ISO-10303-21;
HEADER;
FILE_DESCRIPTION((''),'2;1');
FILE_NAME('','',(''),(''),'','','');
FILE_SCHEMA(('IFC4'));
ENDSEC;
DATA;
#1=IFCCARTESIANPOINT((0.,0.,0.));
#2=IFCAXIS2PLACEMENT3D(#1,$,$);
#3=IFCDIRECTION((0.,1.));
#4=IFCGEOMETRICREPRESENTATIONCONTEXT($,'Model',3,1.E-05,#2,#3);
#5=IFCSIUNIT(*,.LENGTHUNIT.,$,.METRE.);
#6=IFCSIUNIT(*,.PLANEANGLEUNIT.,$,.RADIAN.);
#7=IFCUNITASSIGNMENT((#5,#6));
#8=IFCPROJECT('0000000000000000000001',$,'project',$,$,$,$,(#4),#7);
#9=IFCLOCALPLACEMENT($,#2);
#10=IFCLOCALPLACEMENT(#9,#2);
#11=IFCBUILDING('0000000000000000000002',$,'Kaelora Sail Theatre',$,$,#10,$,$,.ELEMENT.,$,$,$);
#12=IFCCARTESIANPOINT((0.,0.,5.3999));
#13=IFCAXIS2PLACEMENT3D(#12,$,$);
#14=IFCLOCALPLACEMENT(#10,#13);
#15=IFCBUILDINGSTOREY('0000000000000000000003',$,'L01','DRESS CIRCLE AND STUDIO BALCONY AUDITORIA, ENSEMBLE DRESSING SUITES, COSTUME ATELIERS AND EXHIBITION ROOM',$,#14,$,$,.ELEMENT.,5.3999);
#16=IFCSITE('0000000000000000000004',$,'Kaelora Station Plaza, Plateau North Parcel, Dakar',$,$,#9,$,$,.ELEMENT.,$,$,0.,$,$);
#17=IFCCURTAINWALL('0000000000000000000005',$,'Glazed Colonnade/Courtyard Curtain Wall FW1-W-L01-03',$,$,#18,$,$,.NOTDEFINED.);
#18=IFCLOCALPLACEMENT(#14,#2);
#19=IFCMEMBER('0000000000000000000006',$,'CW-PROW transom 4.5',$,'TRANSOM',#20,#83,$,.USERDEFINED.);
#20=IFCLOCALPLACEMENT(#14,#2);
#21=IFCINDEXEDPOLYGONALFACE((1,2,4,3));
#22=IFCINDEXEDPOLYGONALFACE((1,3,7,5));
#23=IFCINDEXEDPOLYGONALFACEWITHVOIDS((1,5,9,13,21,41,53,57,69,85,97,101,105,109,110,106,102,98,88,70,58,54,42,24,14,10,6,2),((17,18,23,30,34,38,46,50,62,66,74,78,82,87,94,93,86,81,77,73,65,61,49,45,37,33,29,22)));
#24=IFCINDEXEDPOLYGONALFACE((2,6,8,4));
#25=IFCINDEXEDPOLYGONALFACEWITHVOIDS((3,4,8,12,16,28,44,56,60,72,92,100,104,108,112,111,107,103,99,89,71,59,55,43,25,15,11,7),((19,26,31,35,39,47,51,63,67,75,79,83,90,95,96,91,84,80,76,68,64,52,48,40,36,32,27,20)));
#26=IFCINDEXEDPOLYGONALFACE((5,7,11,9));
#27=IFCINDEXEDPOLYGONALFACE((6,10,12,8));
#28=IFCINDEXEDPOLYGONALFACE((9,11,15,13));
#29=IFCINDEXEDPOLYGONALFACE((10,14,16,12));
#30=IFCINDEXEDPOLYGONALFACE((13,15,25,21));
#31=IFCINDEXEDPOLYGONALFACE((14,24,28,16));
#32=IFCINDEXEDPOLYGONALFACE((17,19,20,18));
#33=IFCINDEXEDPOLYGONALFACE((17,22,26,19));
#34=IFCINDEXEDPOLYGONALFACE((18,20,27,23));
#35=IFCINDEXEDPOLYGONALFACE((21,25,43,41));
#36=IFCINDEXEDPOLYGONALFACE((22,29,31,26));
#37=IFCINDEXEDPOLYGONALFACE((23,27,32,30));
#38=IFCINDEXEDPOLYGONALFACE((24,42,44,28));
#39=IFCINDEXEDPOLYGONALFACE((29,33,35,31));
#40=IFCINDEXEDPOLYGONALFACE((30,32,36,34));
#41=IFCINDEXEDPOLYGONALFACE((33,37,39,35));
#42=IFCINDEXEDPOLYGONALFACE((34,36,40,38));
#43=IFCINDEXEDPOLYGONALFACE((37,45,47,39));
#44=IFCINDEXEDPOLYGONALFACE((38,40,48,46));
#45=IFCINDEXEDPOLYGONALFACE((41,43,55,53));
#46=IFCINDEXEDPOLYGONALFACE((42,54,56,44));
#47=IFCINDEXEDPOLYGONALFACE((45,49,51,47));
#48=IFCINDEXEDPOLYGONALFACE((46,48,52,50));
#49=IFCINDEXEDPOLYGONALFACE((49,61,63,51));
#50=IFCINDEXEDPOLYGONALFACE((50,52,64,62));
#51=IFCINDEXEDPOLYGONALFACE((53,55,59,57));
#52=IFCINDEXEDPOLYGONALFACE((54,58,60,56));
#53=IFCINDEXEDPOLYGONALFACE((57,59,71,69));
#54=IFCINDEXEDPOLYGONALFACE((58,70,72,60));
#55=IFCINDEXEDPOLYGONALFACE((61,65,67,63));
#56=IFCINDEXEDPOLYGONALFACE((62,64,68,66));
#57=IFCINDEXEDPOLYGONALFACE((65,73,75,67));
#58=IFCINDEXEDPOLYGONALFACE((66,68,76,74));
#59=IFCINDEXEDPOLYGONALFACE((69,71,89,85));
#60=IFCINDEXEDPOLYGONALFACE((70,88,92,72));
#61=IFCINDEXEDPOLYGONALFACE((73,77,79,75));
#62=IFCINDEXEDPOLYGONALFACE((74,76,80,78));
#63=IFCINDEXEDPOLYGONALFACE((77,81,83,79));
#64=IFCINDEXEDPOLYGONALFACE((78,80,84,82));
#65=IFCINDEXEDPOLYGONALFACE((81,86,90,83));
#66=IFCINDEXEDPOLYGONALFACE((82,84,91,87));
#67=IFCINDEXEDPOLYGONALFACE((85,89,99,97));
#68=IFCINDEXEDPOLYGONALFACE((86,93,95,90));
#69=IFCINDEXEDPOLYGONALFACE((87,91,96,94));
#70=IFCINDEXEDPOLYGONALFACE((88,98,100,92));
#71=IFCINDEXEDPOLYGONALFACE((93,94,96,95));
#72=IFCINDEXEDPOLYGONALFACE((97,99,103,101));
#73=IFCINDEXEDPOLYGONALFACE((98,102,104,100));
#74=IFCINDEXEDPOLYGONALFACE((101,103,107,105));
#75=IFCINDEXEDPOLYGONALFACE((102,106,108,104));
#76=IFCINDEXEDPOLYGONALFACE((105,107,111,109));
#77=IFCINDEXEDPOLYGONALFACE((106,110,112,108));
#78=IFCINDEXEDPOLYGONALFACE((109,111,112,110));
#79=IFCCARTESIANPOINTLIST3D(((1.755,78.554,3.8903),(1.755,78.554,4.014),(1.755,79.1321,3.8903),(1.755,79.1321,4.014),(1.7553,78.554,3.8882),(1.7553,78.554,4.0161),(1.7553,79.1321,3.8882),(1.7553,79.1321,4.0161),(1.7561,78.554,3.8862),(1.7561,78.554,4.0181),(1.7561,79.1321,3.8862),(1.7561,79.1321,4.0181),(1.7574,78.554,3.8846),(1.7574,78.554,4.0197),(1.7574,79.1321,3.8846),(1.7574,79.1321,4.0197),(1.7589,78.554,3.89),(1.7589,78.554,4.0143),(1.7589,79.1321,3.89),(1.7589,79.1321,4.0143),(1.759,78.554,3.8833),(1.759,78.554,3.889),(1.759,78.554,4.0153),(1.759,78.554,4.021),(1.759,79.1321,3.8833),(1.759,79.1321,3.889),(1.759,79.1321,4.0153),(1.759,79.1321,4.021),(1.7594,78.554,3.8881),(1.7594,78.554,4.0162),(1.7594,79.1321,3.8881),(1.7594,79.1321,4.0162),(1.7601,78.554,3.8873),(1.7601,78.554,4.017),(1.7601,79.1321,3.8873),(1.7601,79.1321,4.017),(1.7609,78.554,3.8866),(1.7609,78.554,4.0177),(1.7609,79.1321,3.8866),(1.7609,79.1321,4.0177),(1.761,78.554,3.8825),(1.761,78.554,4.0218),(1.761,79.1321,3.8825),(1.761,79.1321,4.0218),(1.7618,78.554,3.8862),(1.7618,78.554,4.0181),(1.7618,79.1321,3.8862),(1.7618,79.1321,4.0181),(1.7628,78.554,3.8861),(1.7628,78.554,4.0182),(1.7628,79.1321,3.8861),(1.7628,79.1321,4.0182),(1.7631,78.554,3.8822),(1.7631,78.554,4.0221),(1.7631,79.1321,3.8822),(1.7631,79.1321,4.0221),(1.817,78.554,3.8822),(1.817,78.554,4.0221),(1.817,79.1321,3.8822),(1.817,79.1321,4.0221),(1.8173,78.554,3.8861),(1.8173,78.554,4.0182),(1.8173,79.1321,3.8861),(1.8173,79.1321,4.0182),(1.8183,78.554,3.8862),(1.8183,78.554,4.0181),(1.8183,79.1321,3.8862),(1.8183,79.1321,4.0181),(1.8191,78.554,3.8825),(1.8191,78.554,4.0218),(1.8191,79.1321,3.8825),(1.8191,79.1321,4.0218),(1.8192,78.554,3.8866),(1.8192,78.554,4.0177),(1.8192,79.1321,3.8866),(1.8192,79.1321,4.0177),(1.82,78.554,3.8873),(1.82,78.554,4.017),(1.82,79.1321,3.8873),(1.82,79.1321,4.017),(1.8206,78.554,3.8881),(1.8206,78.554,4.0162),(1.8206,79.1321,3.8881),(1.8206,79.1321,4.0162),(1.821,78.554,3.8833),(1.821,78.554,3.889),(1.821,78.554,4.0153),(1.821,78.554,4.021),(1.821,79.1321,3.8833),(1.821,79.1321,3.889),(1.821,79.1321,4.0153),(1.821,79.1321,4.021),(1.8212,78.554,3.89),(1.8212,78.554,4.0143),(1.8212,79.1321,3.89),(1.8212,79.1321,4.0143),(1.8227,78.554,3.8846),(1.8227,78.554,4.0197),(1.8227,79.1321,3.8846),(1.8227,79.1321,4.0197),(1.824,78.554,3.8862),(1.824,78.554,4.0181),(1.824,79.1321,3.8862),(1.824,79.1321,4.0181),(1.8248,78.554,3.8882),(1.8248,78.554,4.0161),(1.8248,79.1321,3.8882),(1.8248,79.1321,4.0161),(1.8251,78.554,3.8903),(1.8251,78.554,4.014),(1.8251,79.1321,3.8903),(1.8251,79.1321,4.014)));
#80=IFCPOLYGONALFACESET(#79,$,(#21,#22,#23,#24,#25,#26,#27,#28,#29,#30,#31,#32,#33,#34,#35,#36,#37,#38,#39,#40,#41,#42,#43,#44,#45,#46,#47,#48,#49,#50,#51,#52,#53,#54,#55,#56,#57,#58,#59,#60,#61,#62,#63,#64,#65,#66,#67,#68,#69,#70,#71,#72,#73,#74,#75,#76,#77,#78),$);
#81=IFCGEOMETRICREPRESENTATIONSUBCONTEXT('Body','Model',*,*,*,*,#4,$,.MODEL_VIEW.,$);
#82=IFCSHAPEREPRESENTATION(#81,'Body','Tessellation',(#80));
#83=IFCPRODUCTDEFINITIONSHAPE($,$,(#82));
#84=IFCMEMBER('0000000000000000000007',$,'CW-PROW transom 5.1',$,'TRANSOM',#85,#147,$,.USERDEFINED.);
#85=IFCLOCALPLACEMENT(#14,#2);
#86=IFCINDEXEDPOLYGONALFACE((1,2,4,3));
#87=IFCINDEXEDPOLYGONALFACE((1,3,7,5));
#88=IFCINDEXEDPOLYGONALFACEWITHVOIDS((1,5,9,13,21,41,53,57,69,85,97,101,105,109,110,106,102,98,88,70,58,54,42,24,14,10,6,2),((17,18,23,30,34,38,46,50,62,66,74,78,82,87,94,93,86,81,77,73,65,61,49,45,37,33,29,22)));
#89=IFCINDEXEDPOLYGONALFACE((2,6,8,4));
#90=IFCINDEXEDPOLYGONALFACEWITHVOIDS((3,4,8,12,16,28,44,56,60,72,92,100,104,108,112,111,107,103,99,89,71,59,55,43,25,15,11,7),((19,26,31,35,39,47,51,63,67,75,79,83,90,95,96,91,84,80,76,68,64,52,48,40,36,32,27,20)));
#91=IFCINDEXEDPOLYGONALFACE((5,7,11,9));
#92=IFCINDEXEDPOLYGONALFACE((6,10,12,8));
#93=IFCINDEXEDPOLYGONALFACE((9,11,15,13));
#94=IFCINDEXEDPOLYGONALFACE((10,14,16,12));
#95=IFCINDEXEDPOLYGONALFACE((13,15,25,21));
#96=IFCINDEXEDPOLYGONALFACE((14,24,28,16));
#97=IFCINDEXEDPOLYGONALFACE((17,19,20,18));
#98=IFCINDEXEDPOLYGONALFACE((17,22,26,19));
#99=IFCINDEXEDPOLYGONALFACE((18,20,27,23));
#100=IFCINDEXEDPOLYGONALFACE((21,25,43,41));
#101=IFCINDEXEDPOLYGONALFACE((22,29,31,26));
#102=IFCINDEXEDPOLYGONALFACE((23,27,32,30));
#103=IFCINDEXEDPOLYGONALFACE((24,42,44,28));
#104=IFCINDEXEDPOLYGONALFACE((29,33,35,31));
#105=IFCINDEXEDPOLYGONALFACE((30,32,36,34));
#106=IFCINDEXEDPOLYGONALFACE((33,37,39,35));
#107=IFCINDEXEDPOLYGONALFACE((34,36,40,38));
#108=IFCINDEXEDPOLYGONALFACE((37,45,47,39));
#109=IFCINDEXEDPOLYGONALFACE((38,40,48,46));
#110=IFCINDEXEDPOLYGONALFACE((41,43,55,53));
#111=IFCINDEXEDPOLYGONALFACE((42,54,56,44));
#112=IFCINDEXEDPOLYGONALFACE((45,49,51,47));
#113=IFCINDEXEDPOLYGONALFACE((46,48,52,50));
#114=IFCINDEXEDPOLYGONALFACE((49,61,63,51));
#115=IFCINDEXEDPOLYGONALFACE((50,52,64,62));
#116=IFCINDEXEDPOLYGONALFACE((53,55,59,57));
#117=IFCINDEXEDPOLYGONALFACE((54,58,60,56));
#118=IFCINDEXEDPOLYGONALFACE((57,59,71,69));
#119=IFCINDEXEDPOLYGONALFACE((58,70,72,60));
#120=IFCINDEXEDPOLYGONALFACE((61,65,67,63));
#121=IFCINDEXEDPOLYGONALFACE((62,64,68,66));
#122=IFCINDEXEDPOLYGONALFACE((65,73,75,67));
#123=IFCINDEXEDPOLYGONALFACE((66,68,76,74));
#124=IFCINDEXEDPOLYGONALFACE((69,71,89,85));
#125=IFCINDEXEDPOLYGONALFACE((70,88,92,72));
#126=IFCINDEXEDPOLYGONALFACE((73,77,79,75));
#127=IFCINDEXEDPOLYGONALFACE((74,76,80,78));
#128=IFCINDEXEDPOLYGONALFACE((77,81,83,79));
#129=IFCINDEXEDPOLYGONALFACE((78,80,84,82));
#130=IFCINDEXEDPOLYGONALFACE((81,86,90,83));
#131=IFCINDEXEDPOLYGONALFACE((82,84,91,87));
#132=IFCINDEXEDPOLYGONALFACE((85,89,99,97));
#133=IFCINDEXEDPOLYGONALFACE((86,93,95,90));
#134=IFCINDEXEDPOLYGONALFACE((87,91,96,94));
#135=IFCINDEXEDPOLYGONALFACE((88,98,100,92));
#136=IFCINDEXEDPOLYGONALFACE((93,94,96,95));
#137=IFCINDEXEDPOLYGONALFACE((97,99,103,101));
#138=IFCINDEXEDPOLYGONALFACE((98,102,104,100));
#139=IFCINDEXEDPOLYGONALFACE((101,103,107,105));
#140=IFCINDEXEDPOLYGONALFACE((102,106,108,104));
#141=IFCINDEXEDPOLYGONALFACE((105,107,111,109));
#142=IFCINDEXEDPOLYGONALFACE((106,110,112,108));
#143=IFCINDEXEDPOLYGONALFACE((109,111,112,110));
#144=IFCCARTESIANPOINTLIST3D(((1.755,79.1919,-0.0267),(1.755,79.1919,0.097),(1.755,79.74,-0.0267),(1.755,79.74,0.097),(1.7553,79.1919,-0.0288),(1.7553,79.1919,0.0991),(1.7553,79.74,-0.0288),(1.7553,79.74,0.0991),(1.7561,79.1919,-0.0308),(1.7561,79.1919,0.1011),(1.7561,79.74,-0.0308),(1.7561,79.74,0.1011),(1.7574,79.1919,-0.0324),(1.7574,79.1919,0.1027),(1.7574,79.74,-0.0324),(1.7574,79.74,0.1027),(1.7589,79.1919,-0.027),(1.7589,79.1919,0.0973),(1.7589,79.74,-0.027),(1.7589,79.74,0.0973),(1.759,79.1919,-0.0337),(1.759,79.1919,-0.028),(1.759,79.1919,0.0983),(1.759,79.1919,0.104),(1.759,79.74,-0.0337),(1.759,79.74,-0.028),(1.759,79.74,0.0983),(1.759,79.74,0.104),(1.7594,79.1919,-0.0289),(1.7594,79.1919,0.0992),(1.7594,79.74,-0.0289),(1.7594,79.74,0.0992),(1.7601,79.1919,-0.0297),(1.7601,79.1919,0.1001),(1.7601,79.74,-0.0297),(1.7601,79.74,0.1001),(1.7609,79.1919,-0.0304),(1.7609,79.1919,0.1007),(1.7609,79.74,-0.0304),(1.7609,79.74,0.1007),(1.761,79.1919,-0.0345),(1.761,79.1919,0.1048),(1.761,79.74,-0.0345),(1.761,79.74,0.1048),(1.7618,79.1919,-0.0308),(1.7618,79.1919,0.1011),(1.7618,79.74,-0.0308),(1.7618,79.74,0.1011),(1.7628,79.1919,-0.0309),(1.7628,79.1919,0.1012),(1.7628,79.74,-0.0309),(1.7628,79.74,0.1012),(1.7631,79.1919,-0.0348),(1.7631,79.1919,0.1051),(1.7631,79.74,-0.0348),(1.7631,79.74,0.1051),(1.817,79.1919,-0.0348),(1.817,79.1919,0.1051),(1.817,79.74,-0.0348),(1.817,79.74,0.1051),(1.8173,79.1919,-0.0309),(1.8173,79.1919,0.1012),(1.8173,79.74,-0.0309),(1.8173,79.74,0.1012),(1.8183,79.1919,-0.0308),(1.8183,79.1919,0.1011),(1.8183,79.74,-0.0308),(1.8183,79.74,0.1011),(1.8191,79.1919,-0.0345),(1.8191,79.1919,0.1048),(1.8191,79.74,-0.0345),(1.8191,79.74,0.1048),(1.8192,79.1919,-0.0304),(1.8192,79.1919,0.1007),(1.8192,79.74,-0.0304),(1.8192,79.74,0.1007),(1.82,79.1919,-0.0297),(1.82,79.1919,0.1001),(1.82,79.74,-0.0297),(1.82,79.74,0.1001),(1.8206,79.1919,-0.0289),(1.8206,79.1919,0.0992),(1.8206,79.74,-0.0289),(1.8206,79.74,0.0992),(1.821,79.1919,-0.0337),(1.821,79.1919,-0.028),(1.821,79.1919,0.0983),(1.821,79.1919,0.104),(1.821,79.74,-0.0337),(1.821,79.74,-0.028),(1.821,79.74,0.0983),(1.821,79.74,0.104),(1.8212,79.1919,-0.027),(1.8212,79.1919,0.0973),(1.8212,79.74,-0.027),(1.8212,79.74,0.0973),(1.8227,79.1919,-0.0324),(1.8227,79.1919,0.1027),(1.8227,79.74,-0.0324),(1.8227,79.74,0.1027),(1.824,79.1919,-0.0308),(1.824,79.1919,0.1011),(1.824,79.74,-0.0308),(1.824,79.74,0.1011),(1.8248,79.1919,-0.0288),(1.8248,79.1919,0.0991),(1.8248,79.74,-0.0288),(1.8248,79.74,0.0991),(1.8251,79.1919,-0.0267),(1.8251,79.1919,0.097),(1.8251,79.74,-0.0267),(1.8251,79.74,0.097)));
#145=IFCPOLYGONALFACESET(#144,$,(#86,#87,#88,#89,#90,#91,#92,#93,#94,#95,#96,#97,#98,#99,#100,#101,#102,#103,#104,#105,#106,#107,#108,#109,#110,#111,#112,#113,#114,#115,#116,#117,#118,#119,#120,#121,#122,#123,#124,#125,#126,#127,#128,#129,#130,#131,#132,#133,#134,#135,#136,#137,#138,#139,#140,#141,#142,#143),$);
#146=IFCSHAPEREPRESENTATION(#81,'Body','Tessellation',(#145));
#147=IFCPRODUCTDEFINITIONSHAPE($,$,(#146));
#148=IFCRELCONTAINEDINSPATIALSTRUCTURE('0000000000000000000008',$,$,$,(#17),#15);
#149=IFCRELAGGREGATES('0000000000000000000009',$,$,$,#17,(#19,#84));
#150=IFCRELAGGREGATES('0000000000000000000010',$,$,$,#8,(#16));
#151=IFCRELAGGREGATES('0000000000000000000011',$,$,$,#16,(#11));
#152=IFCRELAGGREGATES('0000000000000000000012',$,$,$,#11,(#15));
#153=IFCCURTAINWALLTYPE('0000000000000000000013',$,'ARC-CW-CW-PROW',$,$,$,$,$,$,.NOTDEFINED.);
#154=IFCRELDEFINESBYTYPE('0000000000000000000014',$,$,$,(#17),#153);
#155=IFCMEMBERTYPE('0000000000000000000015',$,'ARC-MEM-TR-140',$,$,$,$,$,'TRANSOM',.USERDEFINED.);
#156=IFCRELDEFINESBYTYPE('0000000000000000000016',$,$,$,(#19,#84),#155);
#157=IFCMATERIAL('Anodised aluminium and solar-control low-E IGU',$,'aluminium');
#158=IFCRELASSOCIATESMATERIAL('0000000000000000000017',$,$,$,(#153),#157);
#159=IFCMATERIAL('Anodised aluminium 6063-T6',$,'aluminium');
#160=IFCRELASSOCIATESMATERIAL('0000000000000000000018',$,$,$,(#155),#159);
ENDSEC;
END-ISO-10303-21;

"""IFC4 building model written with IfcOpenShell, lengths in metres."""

from ifc_helpers import new_model, si_unit, direction, frame, origin, origin_2d, place, context, subcontext, project, spatial, hollow_rectangle, extrude, material, material_profile, profile_set, type_object, element, aggregate, save


model = new_model("IFC4")

# Units and contexts
model_context = context("Model", 3, precision=1e-05, world=origin(), true_north=direction((0.0, 1.0)))
body_context = subcontext(model_context, "Body", "Model", "MODEL_VIEW")
ifc_project = project(units=[si_unit("LENGTHUNIT", "METRE"), si_unit("PLANEANGLEUNIT", "RADIAN")], contexts=[model_context])

# Site, building, storey
site_placement = place(None, origin())
site = spatial("IfcSite", under=ifc_project, at=site_placement, Name="Kaelora Station Plaza, Plateau North Parcel, Dakar", CompositionType="ELEMENT", RefElevation=0.0)
building_placement = place(site_placement, origin())
building = spatial("IfcBuilding", under=site, at=building_placement, Name="Kaelora Sail Theatre", CompositionType="ELEMENT")
storey_placement = place(building_placement, frame((0.0, 0.0, 5.3999)))
storey = spatial("IfcBuildingStorey", under=building, at=storey_placement, Name="L01", Description="DRESS CIRCLE AND STUDIO BALCONY AUDITORIA, ENSEMBLE DRESSING SUITES, COSTUME ATELIERS AND EXHIBITION ROOM", CompositionType="ELEMENT", Elevation=5.3999)

# Curtain wall, members
ifc_material_1 = material(Name="Anodised aluminium and solar-control low-E IGU", Category="aluminium")
curtain_wall_type = type_object("IfcCurtainWallType", Name="ARC-CW-CW-PROW", PredefinedType="NOTDEFINED", material=ifc_material_1)
curtain_wall_placement = place(storey_placement, origin())
curtain_wall = element("IfcCurtainWall", 1, at=curtain_wall_placement, inside=storey, type_object=curtain_wall_type, Name="Glazed Colonnade/Courtyard Curtain Wall FW1-W-L01-03", PredefinedType="NOTDEFINED")
ifc_material_2 = material(Name="Anodised aluminium 6063-T6", Category="aluminium")
ifc_material_profile_1 = material_profile(ifc_material_2, hollow_rectangle(XDim=0.0701, YDim=0.1399, WallThickness=0.0039, InnerFilletRadius=0.0039, OuterFilletRadius=0.0081, at=origin_2d()), Name="ALU-TRAN 70x140x4")
ifc_profile_set_1 = profile_set([ifc_material_profile_1], Name="Anodised aluminium 6063-T6")
member_type_1 = type_object("IfcMemberType", Name="ARC-MEM-TR-140", ElementType="TRANSOM", PredefinedType="USERDEFINED", material=ifc_profile_set_1)
member_1_placement = place(storey_placement, frame((1.79, 78.554, 3.9521), z_axis=(0.0, 1.0, 0.0), x_axis=(-1.0, 0.0, 0.0)))
member_1 = element("IfcMember", 2, at=member_1_placement, type_object=member_type_1, Name="CW-PROW transom 4.5", ObjectType="TRANSOM", PredefinedType="USERDEFINED", context=body_context, shape_type="SweptSolid", body=[
    extrude(hollow_rectangle(XDim=0.0701, YDim=0.1399, WallThickness=0.0039, InnerFilletRadius=0.0039, OuterFilletRadius=0.0081, at=origin_2d()), origin(), (0.0, 0.0, 1.0), 0.5781),
])
member_2_placement = place(storey_placement, frame((1.79, 79.1919, 0.0352), z_axis=(0.0, 1.0, 0.0), x_axis=(-1.0, 0.0, 0.0)))
member_2 = element("IfcMember", 3, at=member_2_placement, type_object=member_type_1, Name="CW-PROW transom 5.1", ObjectType="TRANSOM", PredefinedType="USERDEFINED", context=body_context, shape_type="SweptSolid", body=[
    extrude(hollow_rectangle(XDim=0.0701, YDim=0.1399, WallThickness=0.0039, InnerFilletRadius=0.0039, OuterFilletRadius=0.0081, at=origin_2d()), origin(), (0.0, 0.0, 1.0), 0.5481),
])
aggregate(curtain_wall, [member_1, member_2])

save(model, "model.ifc")
